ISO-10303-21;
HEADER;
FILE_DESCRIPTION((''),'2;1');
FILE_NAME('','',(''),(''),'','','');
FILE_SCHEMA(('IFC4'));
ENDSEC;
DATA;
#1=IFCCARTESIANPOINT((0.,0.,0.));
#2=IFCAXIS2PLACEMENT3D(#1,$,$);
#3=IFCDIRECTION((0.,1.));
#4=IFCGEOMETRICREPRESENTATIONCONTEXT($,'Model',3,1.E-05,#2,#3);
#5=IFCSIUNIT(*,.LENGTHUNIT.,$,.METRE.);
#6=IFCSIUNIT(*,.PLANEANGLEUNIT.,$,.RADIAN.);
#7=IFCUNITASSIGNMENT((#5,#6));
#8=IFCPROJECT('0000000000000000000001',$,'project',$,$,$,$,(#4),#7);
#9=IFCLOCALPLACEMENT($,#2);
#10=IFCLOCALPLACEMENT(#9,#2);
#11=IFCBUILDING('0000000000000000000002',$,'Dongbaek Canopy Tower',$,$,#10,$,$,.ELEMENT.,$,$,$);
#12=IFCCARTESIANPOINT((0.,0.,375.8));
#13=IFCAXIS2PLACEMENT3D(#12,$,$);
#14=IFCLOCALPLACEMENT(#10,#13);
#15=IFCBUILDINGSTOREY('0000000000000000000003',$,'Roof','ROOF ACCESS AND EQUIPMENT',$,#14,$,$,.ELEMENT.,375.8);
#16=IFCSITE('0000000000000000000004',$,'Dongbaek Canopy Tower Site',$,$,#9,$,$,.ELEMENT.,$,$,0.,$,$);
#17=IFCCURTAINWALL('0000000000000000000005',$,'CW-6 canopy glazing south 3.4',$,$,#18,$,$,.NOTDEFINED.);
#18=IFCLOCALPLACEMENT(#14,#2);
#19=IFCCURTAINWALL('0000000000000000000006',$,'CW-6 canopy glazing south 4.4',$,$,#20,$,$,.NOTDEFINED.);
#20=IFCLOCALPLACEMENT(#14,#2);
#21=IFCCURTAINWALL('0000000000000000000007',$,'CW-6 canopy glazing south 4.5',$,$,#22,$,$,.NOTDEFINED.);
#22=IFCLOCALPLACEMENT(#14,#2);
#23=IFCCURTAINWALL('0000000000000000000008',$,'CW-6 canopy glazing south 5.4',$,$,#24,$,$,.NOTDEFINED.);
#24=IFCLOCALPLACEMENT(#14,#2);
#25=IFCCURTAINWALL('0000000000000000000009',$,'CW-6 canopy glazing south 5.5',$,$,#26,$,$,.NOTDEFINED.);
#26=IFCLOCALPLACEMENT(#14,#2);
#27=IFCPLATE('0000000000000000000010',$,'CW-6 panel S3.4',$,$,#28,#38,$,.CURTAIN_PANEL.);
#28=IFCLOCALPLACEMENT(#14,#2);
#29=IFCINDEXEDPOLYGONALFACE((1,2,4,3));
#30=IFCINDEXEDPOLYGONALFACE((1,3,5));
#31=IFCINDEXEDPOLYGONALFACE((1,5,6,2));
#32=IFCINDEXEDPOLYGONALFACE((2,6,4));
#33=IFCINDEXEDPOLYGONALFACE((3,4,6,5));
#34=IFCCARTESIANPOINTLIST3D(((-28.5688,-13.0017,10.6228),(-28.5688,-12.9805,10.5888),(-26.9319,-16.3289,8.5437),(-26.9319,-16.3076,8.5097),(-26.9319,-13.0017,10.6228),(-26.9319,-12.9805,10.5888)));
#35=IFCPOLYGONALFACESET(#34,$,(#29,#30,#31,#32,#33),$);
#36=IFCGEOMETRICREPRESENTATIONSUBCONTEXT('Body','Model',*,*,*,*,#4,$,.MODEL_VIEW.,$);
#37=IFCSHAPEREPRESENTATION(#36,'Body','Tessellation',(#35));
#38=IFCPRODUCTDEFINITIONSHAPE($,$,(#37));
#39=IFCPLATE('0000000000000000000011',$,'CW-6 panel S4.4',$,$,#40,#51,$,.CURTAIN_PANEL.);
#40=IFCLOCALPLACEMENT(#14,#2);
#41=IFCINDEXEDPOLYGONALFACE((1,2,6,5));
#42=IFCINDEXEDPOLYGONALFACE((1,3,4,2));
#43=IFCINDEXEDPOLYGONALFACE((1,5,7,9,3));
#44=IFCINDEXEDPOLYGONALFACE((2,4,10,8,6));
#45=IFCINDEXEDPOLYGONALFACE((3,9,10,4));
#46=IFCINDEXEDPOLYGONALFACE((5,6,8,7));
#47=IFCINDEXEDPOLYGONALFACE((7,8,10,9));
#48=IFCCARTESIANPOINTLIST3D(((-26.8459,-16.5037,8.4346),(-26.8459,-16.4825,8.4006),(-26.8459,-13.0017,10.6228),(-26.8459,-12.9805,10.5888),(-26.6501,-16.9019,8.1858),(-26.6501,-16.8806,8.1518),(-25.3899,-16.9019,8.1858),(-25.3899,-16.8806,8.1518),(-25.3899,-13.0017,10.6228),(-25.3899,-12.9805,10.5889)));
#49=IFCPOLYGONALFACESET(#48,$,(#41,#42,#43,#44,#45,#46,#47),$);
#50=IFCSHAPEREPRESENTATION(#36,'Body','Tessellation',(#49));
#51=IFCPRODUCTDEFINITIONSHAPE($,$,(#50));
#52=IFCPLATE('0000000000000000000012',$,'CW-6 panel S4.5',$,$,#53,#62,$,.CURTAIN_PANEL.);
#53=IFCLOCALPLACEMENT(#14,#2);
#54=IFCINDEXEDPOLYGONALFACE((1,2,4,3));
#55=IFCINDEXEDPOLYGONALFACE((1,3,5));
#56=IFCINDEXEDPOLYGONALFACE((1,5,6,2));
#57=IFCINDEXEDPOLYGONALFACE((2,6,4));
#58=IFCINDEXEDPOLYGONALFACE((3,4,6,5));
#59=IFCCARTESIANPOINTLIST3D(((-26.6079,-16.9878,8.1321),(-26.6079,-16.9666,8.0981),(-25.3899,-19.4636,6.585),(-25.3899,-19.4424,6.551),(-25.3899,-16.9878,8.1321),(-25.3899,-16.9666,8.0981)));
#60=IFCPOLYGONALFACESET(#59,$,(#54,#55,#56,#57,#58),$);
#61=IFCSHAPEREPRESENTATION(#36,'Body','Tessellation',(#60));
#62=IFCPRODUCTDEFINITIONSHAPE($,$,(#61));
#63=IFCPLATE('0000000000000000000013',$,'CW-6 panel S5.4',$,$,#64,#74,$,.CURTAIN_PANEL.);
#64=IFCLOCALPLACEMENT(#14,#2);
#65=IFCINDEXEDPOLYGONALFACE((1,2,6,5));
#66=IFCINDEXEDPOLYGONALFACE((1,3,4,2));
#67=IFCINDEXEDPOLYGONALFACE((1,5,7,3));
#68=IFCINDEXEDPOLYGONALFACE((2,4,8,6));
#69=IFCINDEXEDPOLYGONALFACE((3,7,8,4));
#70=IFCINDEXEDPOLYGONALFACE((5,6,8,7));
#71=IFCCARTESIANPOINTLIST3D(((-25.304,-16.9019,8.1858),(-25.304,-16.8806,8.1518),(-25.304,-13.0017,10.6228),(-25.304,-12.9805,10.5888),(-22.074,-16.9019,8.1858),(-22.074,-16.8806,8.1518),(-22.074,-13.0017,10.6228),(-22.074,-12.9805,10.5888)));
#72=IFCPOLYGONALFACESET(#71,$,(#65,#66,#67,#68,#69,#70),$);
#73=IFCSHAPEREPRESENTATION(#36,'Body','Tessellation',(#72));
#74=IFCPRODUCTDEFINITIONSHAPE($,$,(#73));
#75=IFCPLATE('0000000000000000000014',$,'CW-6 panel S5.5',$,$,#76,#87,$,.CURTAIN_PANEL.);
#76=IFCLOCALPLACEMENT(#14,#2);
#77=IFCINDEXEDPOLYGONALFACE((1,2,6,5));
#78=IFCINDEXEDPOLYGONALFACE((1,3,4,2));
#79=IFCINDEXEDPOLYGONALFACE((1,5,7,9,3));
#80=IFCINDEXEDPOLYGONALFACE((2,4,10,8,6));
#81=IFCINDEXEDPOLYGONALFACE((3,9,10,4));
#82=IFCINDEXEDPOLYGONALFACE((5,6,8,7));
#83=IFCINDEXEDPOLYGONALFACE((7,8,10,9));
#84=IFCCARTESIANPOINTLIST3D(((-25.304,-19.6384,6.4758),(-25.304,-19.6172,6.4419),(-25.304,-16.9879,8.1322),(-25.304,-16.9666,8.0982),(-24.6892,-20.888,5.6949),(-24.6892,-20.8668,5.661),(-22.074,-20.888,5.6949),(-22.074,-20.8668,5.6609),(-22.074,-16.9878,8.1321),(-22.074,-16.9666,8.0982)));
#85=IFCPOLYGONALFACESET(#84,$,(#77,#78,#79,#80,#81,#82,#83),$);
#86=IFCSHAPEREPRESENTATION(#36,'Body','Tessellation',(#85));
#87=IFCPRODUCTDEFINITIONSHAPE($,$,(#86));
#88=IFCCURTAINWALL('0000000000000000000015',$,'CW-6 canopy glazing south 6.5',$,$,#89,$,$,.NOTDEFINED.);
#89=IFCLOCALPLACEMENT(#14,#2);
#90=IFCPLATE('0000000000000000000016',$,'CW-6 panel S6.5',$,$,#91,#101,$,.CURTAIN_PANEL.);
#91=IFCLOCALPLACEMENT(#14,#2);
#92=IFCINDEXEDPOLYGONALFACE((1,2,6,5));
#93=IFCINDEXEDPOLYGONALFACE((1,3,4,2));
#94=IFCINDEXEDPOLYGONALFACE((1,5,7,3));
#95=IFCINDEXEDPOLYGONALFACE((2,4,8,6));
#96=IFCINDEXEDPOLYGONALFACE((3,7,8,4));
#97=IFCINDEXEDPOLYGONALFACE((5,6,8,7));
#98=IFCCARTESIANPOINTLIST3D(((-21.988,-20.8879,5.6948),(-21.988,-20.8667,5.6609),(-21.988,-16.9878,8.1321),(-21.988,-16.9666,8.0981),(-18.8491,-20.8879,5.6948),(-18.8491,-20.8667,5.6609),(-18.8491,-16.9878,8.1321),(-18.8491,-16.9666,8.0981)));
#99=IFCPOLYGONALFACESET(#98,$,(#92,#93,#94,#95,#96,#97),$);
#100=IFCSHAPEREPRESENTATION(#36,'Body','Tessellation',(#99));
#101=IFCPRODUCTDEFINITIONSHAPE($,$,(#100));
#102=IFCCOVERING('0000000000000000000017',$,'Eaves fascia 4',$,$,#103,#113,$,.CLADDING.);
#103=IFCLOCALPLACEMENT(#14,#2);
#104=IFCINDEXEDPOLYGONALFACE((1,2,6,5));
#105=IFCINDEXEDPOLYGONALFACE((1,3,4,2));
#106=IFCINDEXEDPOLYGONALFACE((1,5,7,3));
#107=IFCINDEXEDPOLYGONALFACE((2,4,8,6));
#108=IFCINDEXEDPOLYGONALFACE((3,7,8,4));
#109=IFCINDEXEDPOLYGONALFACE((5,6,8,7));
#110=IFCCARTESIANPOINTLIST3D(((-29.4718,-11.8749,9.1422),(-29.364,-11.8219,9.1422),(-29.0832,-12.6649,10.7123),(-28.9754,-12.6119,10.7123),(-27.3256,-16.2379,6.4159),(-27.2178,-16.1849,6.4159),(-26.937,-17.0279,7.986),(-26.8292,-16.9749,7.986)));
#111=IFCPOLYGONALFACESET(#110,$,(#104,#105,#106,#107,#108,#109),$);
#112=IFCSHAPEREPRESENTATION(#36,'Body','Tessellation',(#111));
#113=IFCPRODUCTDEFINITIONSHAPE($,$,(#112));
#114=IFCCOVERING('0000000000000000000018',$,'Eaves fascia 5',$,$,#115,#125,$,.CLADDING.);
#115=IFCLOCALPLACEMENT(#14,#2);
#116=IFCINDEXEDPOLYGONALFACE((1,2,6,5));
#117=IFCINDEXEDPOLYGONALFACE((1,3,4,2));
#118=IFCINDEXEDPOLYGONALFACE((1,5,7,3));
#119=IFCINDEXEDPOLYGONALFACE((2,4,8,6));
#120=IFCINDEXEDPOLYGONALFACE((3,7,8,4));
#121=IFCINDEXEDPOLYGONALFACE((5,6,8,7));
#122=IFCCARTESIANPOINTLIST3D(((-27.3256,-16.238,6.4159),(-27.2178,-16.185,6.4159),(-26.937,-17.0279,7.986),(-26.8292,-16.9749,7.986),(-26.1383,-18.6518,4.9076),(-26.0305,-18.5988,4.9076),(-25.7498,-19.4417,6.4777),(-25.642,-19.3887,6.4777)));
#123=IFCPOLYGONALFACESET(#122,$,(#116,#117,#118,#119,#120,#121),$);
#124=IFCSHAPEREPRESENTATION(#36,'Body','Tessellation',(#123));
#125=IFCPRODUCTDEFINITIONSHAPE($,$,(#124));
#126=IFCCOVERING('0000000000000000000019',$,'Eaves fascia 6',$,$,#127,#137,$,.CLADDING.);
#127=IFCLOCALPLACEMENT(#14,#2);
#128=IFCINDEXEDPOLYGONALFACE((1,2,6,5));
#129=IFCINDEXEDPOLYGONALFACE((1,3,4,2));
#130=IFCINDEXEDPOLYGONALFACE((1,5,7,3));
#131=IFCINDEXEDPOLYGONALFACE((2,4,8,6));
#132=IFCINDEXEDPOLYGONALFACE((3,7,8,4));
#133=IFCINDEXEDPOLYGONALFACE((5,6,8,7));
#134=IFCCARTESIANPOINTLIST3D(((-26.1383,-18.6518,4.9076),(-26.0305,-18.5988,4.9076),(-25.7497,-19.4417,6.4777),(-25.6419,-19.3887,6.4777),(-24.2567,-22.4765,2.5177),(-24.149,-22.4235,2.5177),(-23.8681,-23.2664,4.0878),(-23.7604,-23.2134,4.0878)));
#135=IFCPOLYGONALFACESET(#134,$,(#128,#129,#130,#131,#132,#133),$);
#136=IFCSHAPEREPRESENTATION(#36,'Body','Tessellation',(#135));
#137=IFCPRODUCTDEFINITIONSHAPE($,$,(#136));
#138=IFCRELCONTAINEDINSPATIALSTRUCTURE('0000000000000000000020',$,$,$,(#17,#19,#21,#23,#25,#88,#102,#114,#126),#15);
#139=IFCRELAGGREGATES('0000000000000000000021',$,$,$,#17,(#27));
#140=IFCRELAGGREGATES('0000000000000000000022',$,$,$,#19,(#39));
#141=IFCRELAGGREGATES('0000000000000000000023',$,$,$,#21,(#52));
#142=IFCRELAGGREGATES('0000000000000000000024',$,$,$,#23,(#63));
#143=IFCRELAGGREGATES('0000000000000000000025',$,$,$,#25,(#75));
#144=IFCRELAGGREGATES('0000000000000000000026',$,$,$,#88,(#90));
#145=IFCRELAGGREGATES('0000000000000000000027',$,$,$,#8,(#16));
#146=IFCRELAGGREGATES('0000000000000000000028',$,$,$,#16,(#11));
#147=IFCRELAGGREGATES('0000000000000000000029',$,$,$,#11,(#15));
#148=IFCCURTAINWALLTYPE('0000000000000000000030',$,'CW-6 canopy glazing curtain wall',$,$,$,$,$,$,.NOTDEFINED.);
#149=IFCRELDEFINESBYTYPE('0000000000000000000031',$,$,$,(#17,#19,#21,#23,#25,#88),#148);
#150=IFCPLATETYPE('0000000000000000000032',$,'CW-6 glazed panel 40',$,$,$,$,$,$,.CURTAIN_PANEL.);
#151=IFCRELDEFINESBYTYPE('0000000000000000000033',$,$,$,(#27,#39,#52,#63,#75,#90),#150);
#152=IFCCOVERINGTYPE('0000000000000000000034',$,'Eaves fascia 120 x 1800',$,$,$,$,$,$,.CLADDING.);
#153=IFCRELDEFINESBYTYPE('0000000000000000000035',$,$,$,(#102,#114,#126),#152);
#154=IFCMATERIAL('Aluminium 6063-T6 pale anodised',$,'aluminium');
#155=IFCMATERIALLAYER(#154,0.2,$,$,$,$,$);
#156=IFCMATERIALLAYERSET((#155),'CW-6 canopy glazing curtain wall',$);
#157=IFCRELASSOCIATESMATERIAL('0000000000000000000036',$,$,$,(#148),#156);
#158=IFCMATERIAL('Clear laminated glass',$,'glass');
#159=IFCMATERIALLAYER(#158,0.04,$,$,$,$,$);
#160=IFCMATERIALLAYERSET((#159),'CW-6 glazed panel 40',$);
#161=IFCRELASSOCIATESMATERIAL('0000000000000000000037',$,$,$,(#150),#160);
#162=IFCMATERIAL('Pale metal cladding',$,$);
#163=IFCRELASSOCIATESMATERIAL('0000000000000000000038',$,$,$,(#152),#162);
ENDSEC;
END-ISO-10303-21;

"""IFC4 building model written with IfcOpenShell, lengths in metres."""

from ifc_helpers import new_model, si_unit, direction, frame, origin, origin_2d, place, context, subcontext, project, spatial, polyline, rectangle, outline, extrude, material, layer, layer_set, material_profile, profile_set, type_object, element, aggregate, save


model = new_model("IFC4")

# Units and contexts
model_context = context("Model", 3, precision=1e-05, world=origin(), true_north=direction((0.0, 1.0)))
body_context = subcontext(model_context, "Body", "Model", "MODEL_VIEW")
ifc_project = project(units=[si_unit("LENGTHUNIT", "METRE"), si_unit("PLANEANGLEUNIT", "RADIAN")], contexts=[model_context])

# Site, building, storey
site_placement = place(None, origin())
site = spatial("IfcSite", under=ifc_project, at=site_placement, Name="Dongbaek Canopy Tower Site", CompositionType="ELEMENT", RefElevation=0.0)
building_placement = place(site_placement, origin())
building = spatial("IfcBuilding", under=site, at=building_placement, Name="Dongbaek Canopy Tower", CompositionType="ELEMENT")
storey_placement = place(building_placement, frame((0.0, 0.0, 375.8)))
storey = spatial("IfcBuildingStorey", under=building, at=storey_placement, Name="Roof", Description="ROOF ACCESS AND EQUIPMENT", CompositionType="ELEMENT", Elevation=375.8)

# Curtain walls
ifc_material_1 = material(Name="Aluminium 6063-T6 pale anodised", Category="aluminium")
ifc_layer_1 = layer(ifc_material_1, 0.2)
ifc_layer_set_1 = layer_set([ifc_layer_1], Name="CW-6 canopy glazing curtain wall")
curtain_wall_type = type_object("IfcCurtainWallType", Name="CW-6 canopy glazing curtain wall", PredefinedType="NOTDEFINED", material=ifc_layer_set_1)
curtain_wall_1_placement = place(storey_placement, origin())
curtain_wall_1 = element("IfcCurtainWall", 1, at=curtain_wall_1_placement, inside=storey, type_object=curtain_wall_type, Name="CW-6 canopy glazing south 3.4", PredefinedType="NOTDEFINED")
curtain_wall_2_placement = place(storey_placement, origin())
curtain_wall_2 = element("IfcCurtainWall", 2, at=curtain_wall_2_placement, inside=storey, type_object=curtain_wall_type, Name="CW-6 canopy glazing south 4.4", PredefinedType="NOTDEFINED")
curtain_wall_3_placement = place(storey_placement, origin())
curtain_wall_3 = element("IfcCurtainWall", 3, at=curtain_wall_3_placement, inside=storey, type_object=curtain_wall_type, Name="CW-6 canopy glazing south 4.5", PredefinedType="NOTDEFINED")
curtain_wall_4_placement = place(storey_placement, origin())
curtain_wall_4 = element("IfcCurtainWall", 4, at=curtain_wall_4_placement, inside=storey, type_object=curtain_wall_type, Name="CW-6 canopy glazing south 5.4", PredefinedType="NOTDEFINED")
curtain_wall_5_placement = place(storey_placement, origin())
curtain_wall_5 = element("IfcCurtainWall", 5, at=curtain_wall_5_placement, inside=storey, type_object=curtain_wall_type, Name="CW-6 canopy glazing south 5.5", PredefinedType="NOTDEFINED")

# Plates
ifc_material_2 = material(Name="Clear laminated glass", Category="glass")
ifc_layer_2 = layer(ifc_material_2, 0.04)
ifc_layer_set_2 = layer_set([ifc_layer_2], Name="CW-6 glazed panel 40")
plate_type = type_object("IfcPlateType", Name="CW-6 glazed panel 40", PredefinedType="CURTAIN_PANEL", material=ifc_layer_set_2)
plate_1_placement = place(storey_placement, frame((-28.5688, -13.0017, 10.6228), z_axis=(0.0, -0.529932, 0.84804), x_axis=(1.0, 0.0, 0.0)))
plate_1 = element("IfcPlate", 6, at=plate_1_placement, type_object=plate_type, Name="CW-6 panel S3.4", PredefinedType="CURTAIN_PANEL", context=body_context, shape_type="SweptSolid", body=[
    extrude(outline(polyline([(0.0, 0.0), (1.637, 0.0), (1.637, -3.9233), (0.0, 0.0)])), origin(), (0.0, 0.0, -1.0), 0.04),
])
aggregate(curtain_wall_1, [plate_1])
plate_2_placement = place(storey_placement, frame((-26.8459, -13.0017, 10.6228), z_axis=(-0.000009, -0.529909, 0.848055), x_axis=(1.0, -0.000005, 0.000008)))
plate_2 = element("IfcPlate", 7, at=plate_2_placement, type_object=plate_type, Name="CW-6 panel S4.4", PredefinedType="CURTAIN_PANEL", context=body_context, shape_type="SweptSolid", body=[
    extrude(outline(polyline([(0.0, 0.0), (1.4561, 0.0), (1.4561, -4.5989), (0.1958, -4.5989), (0.0, -4.1294), (0.0, 0.0)])), origin(), (0.0, 0.0, -1.0), 0.04),
])
aggregate(curtain_wall_2, [plate_2])
plate_3_placement = place(storey_placement, frame((-25.3899, -19.4636, 6.585), z_axis=(0.0, -0.529931, 0.848041), x_axis=(-0.385039, 0.782657, 0.489074)))
plate_3 = element("IfcPlate", 8, at=plate_3_placement, type_object=plate_type, Name="CW-6 panel S4.5", PredefinedType="CURTAIN_PANEL", context=body_context, shape_type="SweptSolid", body=[
    extrude(outline(polyline([(0.0, 0.0), (3.1634, 0.0), (2.6944, -1.1241), (0.0, 0.0)])), origin(), (0.0, 0.0, -1.0), 0.04),
])
aggregate(curtain_wall_3, [plate_3])
plate_4_placement = place(storey_placement, frame((-25.304, -13.0017, 10.6228), z_axis=(0.0, -0.529908, 0.848055), x_axis=(1.0, 0.0, 0.0)))
plate_4 = element("IfcPlate", 9, at=plate_4_placement, type_object=plate_type, Name="CW-6 panel S5.4", PredefinedType="CURTAIN_PANEL", context=body_context, shape_type="SweptSolid", body=[
    extrude(outline(polyline([(0.0, 0.0), (3.23, 0.0), (3.23, -4.5989), (0.0, -4.5989), (0.0, 0.0)])), origin(), (0.0, 0.0, -1.0), 0.04),
])
aggregate(curtain_wall_4, [plate_4])
plate_5_placement = place(storey_placement, frame((-25.304, -19.6384, 6.4758), z_axis=(0.000023, -0.529944, 0.848033), x_axis=(0.0, 0.848033, 0.529944)))
plate_5 = element("IfcPlate", 10, at=plate_5_placement, type_object=plate_type, Name="CW-6 panel S5.5", PredefinedType="CURTAIN_PANEL", context=body_context, shape_type="SweptSolid", body=[
    extrude(outline(polyline([(0.0, 0.0), (3.1255, 0.0), (3.1255, -3.23), (-1.4735, -3.23), (-1.4735, -0.6147), (0.0, 0.0)])), origin(), (0.0, 0.0, -1.0), 0.04),
])
aggregate(curtain_wall_5, [plate_5])

# Curtain wall, plate
curtain_wall_6_placement = place(storey_placement, origin())
curtain_wall_6 = element("IfcCurtainWall", 11, at=curtain_wall_6_placement, inside=storey, type_object=curtain_wall_type, Name="CW-6 canopy glazing south 6.5", PredefinedType="NOTDEFINED")
plate_6_placement = place(storey_placement, frame((-21.988, -16.9878, 8.1321), z_axis=(0.0, -0.529946, 0.848031), x_axis=(1.0, 0.0, 0.0)))
plate_6 = element("IfcPlate", 12, at=plate_6_placement, type_object=plate_type, Name="CW-6 panel S6.5", PredefinedType="CURTAIN_PANEL", context=body_context, shape_type="SweptSolid", body=[
    extrude(outline(polyline([(0.0, 0.0), (3.1389, 0.0), (3.1389, -4.5991), (0.0, -4.5991), (0.0, 0.0)])), origin(), (0.0, 0.0, -1.0), 0.04),
])
aggregate(curtain_wall_6, [plate_6])

# Coverings
ifc_material_3 = material(Name="Pale metal cladding")
ifc_material_profile_1 = material_profile(ifc_material_3, rectangle(XDim=0.1201, YDim=1.8, at=origin_2d()), Name="Eaves fascia 120 x 1800")
ifc_profile_set_1 = profile_set([ifc_material_profile_1], Name="Pale metal cladding")
covering_type = type_object("IfcCoveringType", Name="Eaves fascia 120 x 1800", PredefinedType="CLADDING", material=ifc_profile_set_1)
covering_1_placement = place(storey_placement, frame((-29.2236, -12.2434, 9.9272), z_axis=(0.385009, -0.782675, -0.489068), x_axis=(0.897311, 0.4414, 0.0)))
element("IfcCovering", 13, at=covering_1_placement, inside=storey, type_object=covering_type, Name="Eaves fascia 4", PredefinedType="CLADDING", context=body_context, shape_type="SweptSolid", body=[
    extrude(rectangle(XDim=0.1201, YDim=1.8, at=origin_2d()), origin(), (0.0, 0.0, 1.0), 5.5745),
])
covering_2_placement = place(storey_placement, frame((-27.0774, -16.6064, 7.2009), z_axis=(0.384972, -0.78269, -0.489073), x_axis=(0.897331, 0.441359, 0.0)))
element("IfcCovering", 14, at=covering_2_placement, inside=storey, type_object=covering_type, Name="Eaves fascia 5", PredefinedType="CLADDING", context=body_context, shape_type="SweptSolid", body=[
    extrude(rectangle(XDim=0.1201, YDim=1.8, at=origin_2d()), origin(), (0.0, 0.0, 1.0), 3.084),
])
covering_3_placement = place(storey_placement, frame((-25.8901, -19.0203, 5.6926), z_axis=(0.385039, -0.782668, -0.489055), x_axis=(0.897295, 0.441431, 0.0)))
element("IfcCovering", 15, at=covering_3_placement, inside=storey, type_object=covering_type, Name="Eaves fascia 6", PredefinedType="CLADDING", context=body_context, shape_type="SweptSolid", body=[
    extrude(rectangle(XDim=0.1201, YDim=1.8, at=origin_2d()), origin(), (0.0, 0.0, 1.0), 4.8867),
])

save(model, "model.ifc")
